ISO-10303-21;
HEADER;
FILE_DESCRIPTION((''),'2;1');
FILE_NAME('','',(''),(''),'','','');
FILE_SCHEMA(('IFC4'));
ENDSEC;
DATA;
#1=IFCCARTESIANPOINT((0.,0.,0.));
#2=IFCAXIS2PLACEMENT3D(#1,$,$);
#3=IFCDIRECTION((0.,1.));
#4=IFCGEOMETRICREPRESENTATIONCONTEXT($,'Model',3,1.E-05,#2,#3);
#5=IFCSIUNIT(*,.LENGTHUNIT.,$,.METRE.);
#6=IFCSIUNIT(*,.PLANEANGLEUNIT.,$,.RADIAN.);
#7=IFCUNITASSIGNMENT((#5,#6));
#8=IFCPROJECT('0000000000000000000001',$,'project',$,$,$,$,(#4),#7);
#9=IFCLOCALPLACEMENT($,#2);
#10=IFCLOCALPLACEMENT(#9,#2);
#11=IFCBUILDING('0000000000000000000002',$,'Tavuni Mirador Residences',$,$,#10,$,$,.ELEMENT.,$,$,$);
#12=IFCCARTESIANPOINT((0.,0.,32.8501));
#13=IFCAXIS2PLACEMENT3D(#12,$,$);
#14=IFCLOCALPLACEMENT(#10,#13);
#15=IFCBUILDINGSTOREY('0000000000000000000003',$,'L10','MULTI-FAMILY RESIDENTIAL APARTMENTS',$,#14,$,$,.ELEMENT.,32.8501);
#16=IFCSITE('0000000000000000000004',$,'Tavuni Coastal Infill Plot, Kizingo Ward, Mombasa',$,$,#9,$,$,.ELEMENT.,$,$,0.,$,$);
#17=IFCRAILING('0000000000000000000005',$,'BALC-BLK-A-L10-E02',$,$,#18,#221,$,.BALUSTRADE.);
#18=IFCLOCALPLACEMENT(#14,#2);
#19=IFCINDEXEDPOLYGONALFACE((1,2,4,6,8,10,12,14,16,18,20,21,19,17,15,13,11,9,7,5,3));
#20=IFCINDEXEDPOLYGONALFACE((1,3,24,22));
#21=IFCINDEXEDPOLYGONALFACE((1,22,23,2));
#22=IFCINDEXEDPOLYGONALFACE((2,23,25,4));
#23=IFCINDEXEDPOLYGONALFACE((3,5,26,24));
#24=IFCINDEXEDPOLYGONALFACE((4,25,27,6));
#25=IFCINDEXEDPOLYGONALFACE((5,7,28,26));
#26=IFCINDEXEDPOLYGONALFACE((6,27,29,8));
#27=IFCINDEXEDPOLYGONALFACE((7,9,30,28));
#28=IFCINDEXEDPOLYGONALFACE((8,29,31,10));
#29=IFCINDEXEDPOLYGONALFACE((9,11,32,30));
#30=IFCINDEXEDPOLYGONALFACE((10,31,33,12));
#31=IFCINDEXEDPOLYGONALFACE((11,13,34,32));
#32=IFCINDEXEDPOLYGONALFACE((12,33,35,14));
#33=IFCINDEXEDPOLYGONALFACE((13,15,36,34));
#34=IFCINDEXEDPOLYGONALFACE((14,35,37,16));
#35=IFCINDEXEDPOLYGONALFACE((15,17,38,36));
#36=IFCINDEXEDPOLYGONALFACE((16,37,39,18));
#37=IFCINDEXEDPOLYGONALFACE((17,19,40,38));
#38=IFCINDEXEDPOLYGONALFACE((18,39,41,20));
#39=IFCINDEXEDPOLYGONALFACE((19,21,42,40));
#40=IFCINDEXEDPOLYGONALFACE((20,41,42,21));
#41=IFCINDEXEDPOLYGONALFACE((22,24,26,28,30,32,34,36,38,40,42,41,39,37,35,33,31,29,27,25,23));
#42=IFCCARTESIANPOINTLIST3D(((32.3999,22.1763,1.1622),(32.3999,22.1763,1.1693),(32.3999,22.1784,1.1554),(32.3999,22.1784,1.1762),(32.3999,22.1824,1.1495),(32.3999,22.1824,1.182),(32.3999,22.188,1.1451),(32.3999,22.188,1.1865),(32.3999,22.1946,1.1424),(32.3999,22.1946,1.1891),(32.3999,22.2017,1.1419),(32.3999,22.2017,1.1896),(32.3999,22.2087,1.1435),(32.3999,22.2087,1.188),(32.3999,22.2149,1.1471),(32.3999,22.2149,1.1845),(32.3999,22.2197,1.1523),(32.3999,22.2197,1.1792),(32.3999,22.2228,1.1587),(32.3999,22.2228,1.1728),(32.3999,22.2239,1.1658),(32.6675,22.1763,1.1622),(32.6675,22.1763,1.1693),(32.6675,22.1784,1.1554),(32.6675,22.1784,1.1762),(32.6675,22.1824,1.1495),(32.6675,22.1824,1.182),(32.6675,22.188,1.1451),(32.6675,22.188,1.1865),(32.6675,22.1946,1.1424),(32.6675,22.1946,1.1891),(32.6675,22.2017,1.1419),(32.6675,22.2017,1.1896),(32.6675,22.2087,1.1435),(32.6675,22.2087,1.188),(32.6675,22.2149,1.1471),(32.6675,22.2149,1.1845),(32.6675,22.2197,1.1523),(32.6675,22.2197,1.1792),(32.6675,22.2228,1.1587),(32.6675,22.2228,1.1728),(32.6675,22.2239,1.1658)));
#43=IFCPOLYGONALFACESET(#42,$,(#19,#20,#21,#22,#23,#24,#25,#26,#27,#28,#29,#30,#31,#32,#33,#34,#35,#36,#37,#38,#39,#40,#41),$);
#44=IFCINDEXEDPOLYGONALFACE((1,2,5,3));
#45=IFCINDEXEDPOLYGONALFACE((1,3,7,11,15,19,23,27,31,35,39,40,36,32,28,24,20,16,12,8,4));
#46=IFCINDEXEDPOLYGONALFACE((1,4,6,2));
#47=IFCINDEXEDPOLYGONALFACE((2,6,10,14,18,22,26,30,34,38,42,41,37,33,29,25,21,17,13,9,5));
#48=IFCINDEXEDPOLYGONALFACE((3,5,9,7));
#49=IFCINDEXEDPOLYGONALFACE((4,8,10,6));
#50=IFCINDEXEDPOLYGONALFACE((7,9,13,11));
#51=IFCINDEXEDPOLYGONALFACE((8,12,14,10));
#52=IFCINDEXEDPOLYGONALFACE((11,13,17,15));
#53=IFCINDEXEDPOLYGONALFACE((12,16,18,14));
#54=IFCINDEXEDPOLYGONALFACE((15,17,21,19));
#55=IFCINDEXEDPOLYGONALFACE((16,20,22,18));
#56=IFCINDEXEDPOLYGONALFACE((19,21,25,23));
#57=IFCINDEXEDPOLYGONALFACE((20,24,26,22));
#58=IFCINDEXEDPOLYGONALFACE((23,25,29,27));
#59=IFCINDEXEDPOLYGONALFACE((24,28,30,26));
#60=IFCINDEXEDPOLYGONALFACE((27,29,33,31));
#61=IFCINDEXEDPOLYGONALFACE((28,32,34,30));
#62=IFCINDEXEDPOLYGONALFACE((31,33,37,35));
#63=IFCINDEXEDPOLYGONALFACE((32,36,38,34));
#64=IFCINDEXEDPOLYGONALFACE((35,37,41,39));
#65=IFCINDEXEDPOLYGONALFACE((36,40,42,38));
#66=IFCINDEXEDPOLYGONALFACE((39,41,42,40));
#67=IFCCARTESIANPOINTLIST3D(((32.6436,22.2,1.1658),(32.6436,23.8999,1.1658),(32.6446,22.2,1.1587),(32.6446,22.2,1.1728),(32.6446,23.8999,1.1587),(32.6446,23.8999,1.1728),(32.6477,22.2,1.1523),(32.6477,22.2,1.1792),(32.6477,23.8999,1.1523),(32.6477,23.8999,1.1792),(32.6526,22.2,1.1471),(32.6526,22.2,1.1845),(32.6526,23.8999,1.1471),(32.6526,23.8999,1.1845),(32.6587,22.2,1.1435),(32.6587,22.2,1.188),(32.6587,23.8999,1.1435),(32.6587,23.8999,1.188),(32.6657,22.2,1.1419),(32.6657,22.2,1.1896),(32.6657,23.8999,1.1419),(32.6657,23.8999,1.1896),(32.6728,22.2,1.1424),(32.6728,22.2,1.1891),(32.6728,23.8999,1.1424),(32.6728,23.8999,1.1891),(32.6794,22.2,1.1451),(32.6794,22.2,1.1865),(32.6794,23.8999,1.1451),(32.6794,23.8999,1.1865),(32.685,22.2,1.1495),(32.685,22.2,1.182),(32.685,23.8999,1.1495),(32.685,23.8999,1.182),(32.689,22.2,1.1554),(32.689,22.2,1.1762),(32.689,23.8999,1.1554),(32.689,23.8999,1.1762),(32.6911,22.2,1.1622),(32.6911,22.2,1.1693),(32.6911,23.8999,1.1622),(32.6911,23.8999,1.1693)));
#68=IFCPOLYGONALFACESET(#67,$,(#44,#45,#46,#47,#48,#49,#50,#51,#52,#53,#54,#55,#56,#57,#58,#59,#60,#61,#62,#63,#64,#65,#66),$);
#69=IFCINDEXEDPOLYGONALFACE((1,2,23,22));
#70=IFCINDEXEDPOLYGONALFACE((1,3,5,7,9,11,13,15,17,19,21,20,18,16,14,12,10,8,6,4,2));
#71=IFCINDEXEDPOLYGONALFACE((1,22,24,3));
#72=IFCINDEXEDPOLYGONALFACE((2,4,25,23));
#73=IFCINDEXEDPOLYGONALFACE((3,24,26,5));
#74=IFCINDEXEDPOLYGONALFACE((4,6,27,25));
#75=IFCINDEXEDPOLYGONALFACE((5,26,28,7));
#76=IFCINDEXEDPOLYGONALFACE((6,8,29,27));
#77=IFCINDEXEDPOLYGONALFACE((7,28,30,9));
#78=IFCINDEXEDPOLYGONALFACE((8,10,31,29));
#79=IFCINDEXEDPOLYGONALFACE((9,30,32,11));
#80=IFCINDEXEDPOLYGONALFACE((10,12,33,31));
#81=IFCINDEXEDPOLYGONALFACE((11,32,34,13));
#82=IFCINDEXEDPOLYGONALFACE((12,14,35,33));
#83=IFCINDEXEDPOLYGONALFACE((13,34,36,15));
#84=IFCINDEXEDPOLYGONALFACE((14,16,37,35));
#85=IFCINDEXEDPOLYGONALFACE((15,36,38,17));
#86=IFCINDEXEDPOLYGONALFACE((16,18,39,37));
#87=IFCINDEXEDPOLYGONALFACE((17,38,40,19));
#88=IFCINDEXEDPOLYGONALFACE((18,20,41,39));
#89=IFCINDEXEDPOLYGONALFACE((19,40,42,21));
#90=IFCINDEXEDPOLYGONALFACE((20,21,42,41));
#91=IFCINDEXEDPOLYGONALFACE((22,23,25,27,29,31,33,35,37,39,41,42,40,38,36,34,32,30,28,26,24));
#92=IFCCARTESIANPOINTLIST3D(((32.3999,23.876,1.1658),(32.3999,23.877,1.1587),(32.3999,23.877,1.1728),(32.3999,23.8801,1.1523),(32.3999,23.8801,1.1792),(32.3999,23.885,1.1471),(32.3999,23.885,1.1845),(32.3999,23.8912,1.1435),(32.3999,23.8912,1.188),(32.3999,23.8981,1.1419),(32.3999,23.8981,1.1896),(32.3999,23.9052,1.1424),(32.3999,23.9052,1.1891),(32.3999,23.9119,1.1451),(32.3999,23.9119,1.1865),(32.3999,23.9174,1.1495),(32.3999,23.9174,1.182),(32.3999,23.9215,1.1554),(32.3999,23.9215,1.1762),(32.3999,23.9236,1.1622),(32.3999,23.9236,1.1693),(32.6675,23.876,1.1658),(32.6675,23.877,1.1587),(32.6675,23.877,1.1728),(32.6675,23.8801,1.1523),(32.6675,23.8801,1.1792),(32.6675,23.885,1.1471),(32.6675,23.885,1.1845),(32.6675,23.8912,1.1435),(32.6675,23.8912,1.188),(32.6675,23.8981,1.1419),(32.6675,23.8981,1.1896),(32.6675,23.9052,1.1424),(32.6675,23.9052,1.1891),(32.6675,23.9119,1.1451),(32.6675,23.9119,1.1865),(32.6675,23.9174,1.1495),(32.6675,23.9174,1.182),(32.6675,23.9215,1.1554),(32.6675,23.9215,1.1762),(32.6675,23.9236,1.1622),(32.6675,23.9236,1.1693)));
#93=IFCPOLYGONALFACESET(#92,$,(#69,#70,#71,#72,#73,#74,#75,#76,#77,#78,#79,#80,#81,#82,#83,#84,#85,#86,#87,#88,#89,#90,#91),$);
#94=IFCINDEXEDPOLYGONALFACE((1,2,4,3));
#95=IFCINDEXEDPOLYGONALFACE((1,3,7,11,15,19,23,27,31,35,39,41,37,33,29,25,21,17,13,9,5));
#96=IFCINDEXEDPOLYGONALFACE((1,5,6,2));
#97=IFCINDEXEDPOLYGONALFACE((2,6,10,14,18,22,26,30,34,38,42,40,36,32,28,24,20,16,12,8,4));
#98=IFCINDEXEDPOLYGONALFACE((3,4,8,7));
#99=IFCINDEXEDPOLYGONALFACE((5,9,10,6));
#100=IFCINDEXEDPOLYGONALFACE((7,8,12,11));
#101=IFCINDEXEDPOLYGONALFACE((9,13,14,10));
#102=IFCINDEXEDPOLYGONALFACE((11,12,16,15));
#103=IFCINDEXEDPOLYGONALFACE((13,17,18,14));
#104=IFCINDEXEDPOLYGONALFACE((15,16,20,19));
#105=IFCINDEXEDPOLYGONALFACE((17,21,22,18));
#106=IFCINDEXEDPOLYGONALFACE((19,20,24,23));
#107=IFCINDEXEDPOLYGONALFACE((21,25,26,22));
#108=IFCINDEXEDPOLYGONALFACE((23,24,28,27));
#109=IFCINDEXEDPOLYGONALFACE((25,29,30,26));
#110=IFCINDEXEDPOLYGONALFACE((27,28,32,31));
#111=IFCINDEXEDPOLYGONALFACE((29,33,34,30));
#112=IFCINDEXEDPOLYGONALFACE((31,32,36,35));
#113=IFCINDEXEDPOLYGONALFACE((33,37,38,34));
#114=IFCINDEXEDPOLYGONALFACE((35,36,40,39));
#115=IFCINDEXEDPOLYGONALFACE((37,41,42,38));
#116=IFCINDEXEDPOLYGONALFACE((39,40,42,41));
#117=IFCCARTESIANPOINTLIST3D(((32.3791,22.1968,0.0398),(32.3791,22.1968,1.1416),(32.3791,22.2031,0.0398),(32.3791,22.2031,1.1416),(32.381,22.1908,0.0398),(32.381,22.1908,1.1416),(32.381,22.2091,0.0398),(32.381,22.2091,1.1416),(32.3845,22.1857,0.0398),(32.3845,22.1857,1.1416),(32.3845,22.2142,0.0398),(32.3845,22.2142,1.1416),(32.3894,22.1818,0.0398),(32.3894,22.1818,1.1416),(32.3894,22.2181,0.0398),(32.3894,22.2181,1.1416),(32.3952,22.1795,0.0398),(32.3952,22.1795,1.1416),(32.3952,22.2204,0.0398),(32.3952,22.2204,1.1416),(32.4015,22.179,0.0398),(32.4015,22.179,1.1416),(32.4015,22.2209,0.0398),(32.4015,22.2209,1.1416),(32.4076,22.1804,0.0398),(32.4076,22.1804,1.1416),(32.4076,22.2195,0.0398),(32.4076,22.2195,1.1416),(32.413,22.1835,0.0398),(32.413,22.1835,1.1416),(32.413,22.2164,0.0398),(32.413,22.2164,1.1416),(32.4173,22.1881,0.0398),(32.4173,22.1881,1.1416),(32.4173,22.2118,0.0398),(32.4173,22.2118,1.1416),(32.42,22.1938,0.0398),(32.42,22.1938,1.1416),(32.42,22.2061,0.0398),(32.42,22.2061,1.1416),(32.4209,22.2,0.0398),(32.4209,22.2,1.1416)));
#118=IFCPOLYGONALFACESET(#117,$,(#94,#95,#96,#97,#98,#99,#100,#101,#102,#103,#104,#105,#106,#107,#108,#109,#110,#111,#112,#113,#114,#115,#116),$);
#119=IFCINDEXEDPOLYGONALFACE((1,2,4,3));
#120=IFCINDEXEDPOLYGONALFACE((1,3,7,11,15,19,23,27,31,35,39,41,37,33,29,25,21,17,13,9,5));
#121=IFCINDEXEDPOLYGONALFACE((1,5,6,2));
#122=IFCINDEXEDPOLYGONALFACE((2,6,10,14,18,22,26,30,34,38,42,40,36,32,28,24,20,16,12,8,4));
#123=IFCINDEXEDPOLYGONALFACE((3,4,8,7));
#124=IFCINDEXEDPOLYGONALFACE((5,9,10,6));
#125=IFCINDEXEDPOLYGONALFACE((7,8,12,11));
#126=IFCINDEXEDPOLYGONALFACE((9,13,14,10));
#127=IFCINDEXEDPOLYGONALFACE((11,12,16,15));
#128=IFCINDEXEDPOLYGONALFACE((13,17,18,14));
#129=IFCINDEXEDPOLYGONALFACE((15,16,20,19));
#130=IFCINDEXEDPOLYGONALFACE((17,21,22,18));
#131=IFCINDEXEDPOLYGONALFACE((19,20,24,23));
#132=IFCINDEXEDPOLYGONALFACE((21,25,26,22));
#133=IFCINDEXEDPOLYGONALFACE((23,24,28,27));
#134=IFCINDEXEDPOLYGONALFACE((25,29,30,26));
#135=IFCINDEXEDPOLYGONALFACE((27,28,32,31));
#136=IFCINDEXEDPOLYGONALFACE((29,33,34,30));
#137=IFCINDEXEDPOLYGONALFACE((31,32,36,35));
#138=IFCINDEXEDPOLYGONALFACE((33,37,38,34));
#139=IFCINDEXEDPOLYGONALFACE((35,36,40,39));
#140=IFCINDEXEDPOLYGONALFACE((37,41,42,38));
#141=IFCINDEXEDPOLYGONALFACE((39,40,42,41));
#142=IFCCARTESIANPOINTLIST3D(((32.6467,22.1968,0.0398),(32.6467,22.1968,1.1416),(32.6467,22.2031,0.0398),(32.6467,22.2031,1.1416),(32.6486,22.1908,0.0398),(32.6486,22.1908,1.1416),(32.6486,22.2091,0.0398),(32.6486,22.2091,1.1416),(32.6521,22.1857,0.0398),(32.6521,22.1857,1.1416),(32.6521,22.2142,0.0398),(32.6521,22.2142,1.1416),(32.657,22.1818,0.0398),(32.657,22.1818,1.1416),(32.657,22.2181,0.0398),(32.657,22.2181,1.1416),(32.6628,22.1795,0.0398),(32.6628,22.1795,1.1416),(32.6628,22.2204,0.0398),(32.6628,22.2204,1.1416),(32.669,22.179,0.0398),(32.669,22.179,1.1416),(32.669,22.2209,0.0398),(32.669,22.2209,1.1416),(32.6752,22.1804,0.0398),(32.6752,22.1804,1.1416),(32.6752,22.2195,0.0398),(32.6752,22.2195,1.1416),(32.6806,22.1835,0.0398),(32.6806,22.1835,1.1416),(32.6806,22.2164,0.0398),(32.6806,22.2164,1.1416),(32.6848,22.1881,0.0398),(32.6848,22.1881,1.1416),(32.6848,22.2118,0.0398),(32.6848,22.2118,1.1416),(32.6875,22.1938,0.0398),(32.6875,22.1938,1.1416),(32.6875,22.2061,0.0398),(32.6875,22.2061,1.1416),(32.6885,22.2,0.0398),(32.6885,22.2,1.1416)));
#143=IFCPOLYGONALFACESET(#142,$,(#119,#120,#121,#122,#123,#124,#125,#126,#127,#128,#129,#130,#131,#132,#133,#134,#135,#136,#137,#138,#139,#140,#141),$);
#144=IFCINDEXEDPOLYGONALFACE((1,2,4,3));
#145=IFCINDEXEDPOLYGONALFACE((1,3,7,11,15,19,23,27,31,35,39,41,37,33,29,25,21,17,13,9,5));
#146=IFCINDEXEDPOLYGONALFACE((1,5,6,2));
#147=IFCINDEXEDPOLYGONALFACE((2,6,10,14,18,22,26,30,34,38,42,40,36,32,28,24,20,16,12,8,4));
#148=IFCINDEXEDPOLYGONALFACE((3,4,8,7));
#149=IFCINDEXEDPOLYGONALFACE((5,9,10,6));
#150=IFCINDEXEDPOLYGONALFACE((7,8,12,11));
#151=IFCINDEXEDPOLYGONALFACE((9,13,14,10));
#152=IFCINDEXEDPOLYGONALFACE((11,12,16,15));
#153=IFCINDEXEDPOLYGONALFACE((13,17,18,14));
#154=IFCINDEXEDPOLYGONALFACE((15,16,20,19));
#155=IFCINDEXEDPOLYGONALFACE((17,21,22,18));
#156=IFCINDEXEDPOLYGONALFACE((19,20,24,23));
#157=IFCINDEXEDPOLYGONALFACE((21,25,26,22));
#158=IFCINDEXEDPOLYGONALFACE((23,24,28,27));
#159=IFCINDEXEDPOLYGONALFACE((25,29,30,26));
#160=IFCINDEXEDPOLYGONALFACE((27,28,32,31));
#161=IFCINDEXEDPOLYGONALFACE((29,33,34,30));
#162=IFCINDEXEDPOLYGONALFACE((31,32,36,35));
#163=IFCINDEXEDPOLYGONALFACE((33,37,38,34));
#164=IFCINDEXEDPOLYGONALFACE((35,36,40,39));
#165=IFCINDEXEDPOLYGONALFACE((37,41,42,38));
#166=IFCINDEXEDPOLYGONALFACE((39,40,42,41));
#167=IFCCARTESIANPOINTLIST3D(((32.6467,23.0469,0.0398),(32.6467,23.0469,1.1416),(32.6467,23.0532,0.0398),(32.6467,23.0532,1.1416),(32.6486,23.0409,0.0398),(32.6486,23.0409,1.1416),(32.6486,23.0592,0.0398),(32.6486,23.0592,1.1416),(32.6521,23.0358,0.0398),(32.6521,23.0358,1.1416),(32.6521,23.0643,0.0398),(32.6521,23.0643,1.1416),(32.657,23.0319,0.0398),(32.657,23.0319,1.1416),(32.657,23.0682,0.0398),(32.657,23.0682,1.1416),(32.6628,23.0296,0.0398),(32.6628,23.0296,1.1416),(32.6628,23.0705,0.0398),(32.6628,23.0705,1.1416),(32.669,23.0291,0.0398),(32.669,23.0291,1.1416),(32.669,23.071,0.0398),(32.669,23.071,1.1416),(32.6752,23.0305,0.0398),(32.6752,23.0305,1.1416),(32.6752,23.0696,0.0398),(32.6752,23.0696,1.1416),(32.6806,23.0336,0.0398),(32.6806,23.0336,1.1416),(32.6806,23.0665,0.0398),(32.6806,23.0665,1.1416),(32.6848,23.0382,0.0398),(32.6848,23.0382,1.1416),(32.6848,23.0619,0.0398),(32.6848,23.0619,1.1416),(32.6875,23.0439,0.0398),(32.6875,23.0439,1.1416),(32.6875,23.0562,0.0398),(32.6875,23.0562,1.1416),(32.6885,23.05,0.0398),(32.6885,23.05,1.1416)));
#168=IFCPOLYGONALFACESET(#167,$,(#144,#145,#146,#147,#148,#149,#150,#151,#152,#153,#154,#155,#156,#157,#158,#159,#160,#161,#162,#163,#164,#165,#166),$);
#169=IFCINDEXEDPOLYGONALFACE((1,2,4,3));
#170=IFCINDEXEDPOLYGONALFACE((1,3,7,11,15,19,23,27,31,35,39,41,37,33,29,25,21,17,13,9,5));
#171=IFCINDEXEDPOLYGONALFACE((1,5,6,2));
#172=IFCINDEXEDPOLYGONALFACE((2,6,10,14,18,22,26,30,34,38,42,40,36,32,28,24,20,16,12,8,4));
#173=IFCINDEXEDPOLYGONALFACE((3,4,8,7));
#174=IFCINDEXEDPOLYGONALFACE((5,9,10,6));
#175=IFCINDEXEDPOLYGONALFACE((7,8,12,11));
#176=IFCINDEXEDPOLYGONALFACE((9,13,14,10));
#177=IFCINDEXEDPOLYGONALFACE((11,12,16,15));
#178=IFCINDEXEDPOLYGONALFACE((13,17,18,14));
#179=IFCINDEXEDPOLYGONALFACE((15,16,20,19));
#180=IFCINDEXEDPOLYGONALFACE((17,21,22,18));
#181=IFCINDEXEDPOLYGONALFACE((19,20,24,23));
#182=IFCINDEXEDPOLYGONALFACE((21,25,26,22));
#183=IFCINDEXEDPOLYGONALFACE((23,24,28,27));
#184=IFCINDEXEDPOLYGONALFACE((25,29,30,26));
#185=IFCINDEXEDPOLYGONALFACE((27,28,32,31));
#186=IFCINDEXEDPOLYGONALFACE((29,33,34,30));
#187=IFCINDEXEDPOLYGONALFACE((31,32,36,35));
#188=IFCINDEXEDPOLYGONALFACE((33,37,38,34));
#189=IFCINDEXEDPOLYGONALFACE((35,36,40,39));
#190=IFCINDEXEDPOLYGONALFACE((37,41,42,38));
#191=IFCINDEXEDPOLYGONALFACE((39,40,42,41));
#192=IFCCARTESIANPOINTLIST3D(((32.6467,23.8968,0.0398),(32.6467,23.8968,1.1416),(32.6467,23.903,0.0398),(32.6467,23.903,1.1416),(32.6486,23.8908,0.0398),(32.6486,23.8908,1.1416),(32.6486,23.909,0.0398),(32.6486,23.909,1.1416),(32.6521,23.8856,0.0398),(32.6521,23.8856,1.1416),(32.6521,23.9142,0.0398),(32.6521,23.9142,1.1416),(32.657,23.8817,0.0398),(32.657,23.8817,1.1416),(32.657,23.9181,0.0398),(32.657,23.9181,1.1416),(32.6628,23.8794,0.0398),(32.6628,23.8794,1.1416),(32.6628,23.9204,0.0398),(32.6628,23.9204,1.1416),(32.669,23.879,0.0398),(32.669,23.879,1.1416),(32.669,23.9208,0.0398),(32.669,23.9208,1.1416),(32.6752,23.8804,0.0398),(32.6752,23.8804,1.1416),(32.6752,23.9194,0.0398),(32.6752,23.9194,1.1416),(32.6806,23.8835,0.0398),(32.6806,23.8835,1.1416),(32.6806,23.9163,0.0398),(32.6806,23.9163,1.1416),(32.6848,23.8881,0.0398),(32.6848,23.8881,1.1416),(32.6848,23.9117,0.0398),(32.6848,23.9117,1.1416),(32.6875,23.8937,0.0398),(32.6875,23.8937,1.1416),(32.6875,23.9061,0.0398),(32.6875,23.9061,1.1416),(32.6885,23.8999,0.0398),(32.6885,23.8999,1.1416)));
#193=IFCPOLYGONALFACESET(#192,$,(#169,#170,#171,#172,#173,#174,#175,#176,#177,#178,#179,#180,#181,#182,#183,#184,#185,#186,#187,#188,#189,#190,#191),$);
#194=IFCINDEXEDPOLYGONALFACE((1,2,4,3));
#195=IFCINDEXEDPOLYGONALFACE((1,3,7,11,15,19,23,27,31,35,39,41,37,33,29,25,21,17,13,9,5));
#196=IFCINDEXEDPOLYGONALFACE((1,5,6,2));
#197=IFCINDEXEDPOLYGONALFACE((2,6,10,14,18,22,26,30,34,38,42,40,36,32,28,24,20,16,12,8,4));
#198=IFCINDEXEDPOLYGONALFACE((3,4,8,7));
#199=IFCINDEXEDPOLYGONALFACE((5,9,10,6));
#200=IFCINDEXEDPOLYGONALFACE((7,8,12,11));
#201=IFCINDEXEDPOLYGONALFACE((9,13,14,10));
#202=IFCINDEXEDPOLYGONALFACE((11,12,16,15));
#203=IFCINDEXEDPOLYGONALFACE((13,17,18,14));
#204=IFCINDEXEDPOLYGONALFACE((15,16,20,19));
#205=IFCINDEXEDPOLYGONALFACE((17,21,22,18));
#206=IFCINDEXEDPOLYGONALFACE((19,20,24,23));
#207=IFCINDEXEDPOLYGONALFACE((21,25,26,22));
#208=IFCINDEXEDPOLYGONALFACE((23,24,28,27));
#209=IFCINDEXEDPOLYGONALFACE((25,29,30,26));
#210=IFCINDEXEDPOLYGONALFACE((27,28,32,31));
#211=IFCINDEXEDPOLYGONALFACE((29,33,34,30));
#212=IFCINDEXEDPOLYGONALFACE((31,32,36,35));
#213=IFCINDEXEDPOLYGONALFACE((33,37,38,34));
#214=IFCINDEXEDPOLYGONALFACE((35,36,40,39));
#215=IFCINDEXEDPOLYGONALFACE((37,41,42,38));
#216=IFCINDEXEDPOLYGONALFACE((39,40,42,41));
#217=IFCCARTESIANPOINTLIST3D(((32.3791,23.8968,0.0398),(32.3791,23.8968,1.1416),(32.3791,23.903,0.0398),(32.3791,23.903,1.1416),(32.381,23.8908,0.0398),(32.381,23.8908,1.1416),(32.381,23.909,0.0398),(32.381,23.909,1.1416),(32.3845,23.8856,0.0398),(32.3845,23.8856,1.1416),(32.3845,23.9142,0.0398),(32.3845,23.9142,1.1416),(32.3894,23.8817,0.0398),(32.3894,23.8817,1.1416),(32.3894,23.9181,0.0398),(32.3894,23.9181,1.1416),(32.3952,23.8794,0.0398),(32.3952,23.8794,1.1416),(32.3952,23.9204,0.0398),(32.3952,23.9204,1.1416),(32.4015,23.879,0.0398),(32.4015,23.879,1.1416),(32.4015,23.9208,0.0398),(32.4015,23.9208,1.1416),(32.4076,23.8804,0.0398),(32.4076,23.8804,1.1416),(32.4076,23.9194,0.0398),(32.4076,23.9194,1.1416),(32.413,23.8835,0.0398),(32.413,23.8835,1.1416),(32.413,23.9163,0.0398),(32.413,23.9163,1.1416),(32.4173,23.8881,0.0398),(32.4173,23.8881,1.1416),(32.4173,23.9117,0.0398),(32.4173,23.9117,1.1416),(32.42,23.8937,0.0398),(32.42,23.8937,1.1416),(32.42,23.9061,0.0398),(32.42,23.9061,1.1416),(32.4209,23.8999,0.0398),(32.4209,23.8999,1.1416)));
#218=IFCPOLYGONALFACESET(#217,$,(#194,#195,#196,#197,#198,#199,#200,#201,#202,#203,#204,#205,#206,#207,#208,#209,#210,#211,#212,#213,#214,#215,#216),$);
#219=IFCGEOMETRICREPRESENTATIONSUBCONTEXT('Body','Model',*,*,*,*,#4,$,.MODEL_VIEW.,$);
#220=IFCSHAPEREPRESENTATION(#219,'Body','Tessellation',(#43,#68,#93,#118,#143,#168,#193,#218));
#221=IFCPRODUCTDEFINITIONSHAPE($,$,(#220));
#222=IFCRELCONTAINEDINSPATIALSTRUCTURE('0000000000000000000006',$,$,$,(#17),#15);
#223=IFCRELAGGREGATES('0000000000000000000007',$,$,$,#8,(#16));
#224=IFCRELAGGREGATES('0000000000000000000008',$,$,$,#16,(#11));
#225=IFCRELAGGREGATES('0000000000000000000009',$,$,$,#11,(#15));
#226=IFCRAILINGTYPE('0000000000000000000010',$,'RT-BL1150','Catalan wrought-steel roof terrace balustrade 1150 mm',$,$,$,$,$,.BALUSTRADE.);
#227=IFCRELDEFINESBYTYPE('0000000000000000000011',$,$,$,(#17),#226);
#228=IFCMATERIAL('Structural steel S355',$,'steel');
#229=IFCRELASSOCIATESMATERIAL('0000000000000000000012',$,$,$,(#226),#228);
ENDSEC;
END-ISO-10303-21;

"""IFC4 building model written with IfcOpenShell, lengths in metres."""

from ifc_helpers import new_model, si_unit, direction, frame, origin, origin_2d, place, context, subcontext, project, spatial, circle, extrude, material, type_object, element, save


model = new_model("IFC4")

# Units and contexts
model_context = context("Model", 3, precision=1e-05, world=origin(), true_north=direction((0.0, 1.0)))
body_context = subcontext(model_context, "Body", "Model", "MODEL_VIEW")
ifc_project = project(units=[si_unit("LENGTHUNIT", "METRE"), si_unit("PLANEANGLEUNIT", "RADIAN")], contexts=[model_context])

# Site, building, storey
site_placement = place(None, origin())
site = spatial("IfcSite", under=ifc_project, at=site_placement, Name="Tavuni Coastal Infill Plot, Kizingo Ward, Mombasa", CompositionType="ELEMENT", RefElevation=0.0)
building_placement = place(site_placement, origin())
building = spatial("IfcBuilding", under=site, at=building_placement, Name="Tavuni Mirador Residences", CompositionType="ELEMENT")
storey_placement = place(building_placement, frame((0.0, 0.0, 32.8501)))
storey = spatial("IfcBuildingStorey", under=building, at=storey_placement, Name="L10", Description="MULTI-FAMILY RESIDENTIAL APARTMENTS", CompositionType="ELEMENT", Elevation=32.8501)

# Railing
ifc_material_1 = material(Name="Structural steel S355", Category="steel")
railing_type = type_object("IfcRailingType", Name="RT-BL1150", Description="Catalan wrought-steel roof terrace balustrade 1150 mm", PredefinedType="BALUSTRADE", material=ifc_material_1)
railing_1_placement = place(storey_placement, frame((32.3999, 22.2, 0.0398)))
element("IfcRailing", 1, at=railing_1_placement, inside=storey, type_object=railing_type, Name="BALC-BLK-A-L10-E02", PredefinedType="BALUSTRADE", context=body_context, shape_type="SweptSolid", body=[
    extrude(circle(Radius=0.0239, at=origin_2d()), frame((0.0, 0.0, 1.126), z_axis=(1.0, 0.0, 0.0), x_axis=(0.0, 1.0, 0.0)), (0.0, 0.0, 1.0), 0.2676),
    extrude(circle(Radius=0.0239, at=origin_2d()), frame((0.2676, 0.0, 1.126), z_axis=(0.0, 1.0, 0.0), x_axis=(-1.0, 0.0, 0.0)), (0.0, 0.0, 1.0), 1.7),
    extrude(circle(Radius=0.0239, at=origin_2d()), frame((0.2676, 1.7, 1.126), z_axis=(-1.0, 0.0, 0.0), x_axis=(0.0, -1.0, 0.0)), (0.0, 0.0, 1.0), 0.2676),
    extrude(circle(Radius=0.021, at=origin_2d()), origin(), (0.0, 0.0, 1.0), 1.1018),
    extrude(circle(Radius=0.021, at=origin_2d()), frame((0.2676, 0.0, 0.0)), (0.0, 0.0, 1.0), 1.1018),
    extrude(circle(Radius=0.021, at=origin_2d()), frame((0.2676, 0.8501, 0.0)), (0.0, 0.0, 1.0), 1.1018),
    extrude(circle(Radius=0.021, at=origin_2d()), frame((0.2676, 1.7, 0.0)), (0.0, 0.0, 1.0), 1.1018),
    extrude(circle(Radius=0.021, at=origin_2d()), frame((0.0, 1.7, 0.0)), (0.0, 0.0, 1.0), 1.1018),
])

save(model, "model.ifc")
